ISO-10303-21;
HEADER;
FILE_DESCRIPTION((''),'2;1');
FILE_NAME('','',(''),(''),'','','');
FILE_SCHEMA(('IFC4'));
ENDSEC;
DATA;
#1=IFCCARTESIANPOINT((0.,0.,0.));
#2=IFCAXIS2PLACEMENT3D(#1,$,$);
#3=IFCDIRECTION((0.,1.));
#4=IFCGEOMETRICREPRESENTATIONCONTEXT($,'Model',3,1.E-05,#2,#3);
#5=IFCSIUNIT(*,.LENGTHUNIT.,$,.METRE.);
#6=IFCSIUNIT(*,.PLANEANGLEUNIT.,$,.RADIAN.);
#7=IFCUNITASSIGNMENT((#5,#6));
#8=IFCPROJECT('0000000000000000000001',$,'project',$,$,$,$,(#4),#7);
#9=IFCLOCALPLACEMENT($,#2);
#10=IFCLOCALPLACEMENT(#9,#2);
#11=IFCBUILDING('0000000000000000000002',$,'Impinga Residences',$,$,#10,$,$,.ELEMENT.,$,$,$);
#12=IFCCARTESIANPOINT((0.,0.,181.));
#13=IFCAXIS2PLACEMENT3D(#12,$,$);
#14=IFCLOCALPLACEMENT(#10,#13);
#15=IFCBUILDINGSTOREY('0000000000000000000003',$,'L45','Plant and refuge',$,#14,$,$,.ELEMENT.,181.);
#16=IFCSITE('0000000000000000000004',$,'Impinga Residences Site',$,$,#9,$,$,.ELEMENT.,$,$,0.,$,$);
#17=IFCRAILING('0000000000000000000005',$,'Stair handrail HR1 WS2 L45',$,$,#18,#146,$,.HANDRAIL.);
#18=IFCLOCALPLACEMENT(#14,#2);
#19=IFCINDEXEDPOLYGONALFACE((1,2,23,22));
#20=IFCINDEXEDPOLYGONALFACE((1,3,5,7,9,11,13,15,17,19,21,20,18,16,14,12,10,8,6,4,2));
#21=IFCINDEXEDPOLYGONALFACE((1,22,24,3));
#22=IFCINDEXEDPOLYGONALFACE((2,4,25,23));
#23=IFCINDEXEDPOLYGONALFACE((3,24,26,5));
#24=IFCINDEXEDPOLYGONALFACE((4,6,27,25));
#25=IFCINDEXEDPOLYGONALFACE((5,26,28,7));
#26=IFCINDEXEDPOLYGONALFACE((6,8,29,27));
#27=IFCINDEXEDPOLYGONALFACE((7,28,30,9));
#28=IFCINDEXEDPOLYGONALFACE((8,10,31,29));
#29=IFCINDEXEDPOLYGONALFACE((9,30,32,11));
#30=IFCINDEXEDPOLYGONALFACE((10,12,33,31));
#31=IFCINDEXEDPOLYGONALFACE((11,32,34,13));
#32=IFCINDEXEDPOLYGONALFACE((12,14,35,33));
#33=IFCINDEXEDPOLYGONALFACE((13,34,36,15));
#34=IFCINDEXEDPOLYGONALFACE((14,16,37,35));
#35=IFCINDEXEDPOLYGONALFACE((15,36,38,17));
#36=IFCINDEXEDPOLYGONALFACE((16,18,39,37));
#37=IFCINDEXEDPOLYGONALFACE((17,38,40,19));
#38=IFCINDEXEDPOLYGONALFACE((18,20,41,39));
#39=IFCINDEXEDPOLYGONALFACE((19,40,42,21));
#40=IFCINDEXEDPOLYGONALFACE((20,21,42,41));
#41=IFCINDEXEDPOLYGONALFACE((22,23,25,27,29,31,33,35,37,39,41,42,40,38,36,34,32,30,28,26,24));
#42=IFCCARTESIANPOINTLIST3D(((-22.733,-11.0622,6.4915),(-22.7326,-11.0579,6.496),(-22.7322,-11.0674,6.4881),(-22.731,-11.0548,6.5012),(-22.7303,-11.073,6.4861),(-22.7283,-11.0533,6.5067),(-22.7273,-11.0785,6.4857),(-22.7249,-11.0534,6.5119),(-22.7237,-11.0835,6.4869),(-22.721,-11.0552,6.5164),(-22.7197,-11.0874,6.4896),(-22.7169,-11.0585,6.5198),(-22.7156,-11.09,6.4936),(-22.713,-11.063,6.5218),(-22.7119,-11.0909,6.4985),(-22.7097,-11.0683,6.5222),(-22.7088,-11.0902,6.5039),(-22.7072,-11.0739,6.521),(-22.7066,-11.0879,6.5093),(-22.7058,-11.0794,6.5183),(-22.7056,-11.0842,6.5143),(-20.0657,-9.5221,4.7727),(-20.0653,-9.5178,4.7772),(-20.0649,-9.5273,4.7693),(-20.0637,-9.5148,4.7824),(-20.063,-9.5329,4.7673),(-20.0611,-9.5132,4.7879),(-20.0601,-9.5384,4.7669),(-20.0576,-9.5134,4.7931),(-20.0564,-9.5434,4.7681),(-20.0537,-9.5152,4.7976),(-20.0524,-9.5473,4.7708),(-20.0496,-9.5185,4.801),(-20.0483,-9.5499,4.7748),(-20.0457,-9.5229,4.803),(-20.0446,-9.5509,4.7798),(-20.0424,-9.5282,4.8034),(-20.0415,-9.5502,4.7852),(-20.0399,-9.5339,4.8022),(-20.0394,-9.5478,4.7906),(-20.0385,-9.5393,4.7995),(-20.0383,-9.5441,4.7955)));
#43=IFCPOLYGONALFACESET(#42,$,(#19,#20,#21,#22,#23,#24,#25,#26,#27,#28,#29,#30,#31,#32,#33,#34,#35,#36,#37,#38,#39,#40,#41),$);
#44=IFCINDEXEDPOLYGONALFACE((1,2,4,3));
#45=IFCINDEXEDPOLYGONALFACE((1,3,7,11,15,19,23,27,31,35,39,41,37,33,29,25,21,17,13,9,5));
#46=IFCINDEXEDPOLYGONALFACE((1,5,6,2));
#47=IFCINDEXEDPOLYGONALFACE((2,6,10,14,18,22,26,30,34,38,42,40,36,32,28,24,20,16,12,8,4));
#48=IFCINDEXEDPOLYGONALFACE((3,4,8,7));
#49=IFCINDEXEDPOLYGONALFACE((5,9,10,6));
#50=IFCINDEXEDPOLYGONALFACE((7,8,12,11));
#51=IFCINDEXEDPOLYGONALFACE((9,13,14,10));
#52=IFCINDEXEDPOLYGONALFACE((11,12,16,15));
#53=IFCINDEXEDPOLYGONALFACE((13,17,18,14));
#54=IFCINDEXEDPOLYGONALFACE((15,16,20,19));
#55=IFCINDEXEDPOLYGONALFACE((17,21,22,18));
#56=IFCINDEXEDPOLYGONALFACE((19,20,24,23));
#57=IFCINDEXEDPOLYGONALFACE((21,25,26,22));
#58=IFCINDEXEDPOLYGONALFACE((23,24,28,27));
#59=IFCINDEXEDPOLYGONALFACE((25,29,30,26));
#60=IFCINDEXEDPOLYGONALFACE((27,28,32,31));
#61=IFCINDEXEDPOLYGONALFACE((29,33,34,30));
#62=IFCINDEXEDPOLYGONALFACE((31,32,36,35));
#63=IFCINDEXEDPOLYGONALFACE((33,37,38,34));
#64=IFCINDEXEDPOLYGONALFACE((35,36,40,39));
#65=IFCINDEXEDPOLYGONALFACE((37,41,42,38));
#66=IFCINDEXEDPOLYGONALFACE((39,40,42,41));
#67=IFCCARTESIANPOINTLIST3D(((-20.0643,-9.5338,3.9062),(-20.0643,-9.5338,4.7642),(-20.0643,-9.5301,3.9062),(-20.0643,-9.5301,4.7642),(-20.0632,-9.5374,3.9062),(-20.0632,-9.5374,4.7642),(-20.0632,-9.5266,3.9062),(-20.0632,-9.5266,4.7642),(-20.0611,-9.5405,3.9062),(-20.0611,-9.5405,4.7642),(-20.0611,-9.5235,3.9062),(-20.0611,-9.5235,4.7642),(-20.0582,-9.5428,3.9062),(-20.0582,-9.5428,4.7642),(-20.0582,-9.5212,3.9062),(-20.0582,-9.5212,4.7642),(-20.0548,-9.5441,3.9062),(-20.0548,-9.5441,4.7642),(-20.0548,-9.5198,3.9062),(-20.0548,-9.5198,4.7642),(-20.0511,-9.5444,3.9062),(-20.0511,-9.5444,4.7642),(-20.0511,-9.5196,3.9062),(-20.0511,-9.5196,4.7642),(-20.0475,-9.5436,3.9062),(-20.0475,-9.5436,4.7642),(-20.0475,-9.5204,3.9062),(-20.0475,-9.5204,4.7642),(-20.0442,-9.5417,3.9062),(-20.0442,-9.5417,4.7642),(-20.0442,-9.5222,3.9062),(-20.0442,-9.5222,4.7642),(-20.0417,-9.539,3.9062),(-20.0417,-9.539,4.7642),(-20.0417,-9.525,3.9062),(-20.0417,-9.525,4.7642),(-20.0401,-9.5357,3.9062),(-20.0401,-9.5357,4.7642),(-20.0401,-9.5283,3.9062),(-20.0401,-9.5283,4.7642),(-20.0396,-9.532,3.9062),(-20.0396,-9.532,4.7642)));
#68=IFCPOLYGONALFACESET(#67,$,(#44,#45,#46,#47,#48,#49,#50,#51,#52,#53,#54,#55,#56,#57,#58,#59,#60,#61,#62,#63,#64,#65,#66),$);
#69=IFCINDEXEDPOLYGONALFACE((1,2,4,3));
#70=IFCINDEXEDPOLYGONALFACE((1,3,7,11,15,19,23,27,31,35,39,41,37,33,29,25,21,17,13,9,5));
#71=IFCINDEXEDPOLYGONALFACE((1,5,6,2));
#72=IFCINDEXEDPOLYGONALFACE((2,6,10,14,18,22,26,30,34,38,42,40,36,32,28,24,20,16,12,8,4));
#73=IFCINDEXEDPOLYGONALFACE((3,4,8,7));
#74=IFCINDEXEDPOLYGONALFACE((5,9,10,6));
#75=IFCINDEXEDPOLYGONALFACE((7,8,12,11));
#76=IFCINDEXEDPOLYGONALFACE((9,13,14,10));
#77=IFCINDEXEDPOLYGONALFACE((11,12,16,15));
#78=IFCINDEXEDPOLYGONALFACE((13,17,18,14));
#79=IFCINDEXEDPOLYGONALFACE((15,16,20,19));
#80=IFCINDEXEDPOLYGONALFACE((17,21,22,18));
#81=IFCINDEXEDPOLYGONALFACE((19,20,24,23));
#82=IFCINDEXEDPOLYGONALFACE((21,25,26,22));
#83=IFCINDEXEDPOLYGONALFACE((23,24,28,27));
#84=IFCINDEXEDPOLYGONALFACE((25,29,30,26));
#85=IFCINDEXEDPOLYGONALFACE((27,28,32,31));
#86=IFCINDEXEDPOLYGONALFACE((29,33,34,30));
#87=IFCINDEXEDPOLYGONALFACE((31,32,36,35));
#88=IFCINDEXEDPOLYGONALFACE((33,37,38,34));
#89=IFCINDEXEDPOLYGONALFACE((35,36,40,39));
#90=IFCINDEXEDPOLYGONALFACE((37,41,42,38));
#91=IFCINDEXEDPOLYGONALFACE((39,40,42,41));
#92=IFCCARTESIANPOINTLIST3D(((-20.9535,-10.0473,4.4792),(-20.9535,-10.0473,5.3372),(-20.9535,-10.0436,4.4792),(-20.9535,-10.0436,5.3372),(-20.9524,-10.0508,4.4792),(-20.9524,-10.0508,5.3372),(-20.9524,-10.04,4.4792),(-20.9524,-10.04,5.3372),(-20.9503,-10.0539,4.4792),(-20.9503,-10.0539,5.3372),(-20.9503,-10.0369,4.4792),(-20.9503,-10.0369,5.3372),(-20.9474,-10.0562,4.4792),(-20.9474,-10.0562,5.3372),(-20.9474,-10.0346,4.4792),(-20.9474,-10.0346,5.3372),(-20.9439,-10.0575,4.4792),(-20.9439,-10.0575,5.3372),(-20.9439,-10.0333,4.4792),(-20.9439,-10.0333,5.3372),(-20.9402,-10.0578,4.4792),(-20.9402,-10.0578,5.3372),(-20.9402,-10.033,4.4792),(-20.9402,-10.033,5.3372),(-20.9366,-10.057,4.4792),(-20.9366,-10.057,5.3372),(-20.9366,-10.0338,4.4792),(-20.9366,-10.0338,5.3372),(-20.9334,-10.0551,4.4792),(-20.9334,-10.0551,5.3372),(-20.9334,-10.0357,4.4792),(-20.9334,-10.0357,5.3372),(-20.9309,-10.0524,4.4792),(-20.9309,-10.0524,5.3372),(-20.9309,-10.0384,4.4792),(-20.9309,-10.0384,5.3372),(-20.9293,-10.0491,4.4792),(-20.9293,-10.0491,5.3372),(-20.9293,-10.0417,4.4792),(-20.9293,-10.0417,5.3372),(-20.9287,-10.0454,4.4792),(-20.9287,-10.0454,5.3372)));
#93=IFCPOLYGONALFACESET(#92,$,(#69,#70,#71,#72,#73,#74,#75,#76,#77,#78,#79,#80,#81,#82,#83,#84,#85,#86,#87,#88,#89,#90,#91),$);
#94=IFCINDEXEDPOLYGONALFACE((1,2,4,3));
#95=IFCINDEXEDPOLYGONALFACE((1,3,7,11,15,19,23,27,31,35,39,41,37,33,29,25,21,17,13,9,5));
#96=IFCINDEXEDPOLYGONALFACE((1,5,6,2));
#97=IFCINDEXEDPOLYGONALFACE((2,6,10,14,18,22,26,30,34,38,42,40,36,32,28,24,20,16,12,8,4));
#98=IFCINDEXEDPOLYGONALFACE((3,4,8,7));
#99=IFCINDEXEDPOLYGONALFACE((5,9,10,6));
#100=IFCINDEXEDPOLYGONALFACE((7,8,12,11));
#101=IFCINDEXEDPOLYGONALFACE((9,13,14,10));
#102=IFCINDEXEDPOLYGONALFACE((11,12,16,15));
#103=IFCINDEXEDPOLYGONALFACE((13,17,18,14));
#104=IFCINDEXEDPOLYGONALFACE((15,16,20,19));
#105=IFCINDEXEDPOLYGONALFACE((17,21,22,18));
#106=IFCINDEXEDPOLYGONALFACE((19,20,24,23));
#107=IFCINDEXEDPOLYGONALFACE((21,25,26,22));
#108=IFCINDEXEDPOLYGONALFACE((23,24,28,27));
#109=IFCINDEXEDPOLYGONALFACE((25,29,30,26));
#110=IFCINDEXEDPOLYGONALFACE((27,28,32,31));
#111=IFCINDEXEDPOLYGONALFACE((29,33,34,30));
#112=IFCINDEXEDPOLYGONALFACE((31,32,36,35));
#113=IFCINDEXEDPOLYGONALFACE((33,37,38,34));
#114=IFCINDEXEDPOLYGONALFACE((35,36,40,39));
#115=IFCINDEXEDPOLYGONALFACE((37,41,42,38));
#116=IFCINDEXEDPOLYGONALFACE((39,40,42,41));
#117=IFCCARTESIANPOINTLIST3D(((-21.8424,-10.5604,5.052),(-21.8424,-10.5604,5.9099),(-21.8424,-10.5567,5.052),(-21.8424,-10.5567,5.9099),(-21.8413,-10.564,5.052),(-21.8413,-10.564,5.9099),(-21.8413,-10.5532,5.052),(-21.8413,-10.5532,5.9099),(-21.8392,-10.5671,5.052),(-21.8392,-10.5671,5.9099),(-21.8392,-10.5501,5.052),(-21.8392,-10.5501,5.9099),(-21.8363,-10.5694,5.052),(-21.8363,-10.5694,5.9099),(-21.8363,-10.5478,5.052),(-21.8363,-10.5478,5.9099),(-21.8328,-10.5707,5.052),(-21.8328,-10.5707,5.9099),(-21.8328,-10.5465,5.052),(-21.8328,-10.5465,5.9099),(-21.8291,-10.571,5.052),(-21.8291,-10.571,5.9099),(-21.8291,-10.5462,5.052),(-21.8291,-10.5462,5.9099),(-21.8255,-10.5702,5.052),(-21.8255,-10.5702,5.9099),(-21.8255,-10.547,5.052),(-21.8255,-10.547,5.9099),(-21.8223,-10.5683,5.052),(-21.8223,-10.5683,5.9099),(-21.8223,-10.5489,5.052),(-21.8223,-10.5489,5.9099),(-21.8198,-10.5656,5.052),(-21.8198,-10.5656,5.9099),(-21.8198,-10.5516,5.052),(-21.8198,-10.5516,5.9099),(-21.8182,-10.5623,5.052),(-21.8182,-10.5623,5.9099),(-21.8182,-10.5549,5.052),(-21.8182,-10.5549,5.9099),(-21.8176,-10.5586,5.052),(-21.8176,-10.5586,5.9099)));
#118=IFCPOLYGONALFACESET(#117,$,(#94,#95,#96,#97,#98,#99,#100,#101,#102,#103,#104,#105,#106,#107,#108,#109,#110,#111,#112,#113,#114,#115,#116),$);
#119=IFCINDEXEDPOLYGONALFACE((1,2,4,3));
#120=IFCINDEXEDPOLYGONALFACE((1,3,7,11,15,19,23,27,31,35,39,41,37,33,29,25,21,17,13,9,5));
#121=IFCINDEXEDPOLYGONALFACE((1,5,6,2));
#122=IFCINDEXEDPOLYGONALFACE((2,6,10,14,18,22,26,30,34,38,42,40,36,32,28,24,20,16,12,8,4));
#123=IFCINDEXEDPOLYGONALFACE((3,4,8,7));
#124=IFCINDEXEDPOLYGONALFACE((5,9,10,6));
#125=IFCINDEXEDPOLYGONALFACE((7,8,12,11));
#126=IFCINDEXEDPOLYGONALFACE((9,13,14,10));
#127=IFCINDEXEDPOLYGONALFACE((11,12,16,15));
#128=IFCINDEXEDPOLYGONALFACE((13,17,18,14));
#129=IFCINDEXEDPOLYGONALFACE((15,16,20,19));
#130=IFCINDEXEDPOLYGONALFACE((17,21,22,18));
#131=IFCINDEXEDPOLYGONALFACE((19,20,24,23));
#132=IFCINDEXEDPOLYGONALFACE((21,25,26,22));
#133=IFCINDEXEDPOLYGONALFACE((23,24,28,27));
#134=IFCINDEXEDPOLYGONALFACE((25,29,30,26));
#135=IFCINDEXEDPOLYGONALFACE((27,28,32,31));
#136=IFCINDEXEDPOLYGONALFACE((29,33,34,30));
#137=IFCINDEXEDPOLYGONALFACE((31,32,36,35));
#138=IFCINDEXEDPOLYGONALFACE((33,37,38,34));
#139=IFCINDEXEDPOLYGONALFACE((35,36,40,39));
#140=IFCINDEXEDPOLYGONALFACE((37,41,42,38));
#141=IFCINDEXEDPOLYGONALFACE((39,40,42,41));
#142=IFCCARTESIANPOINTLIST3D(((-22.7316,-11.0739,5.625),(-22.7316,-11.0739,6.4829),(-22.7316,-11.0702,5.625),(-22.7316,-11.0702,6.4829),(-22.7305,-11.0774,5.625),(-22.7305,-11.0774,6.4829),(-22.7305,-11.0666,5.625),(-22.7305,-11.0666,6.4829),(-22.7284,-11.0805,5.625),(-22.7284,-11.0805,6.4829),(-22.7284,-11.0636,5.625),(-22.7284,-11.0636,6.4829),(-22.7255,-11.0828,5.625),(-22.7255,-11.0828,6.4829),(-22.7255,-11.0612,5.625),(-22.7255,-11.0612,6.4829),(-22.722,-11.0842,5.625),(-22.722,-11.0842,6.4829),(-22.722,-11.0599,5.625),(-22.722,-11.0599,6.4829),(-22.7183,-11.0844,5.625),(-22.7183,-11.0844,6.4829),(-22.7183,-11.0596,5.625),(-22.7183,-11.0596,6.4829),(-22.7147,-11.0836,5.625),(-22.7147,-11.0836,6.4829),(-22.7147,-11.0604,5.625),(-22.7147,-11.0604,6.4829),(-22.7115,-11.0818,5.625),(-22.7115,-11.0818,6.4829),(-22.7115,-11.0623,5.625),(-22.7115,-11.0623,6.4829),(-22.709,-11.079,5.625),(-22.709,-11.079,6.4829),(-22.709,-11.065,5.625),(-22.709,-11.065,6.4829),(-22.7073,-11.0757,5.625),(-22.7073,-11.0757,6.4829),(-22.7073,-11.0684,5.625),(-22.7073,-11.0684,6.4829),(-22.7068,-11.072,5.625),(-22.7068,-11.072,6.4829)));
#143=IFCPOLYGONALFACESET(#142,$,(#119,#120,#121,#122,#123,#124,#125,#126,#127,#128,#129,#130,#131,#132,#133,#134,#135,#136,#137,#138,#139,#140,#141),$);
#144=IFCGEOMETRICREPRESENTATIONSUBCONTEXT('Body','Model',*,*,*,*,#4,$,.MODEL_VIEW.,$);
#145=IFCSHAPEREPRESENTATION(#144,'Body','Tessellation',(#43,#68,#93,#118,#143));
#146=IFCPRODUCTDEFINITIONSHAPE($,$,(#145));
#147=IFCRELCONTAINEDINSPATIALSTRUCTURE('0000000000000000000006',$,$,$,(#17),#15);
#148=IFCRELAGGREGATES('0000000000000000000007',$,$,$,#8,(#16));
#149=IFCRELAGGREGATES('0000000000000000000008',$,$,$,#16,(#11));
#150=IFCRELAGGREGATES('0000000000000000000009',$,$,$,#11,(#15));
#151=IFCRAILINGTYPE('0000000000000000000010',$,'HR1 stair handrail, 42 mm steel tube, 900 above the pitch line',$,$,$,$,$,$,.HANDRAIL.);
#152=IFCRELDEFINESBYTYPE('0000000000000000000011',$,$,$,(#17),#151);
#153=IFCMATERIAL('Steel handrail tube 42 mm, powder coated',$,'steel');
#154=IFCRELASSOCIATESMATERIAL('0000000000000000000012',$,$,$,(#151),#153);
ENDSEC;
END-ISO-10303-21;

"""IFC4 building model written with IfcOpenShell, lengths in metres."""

from ifc_helpers import new_model, si_unit, direction, frame, origin, origin_2d, place, context, subcontext, project, spatial, circle, extrude, material, type_object, element, save


model = new_model("IFC4")

# Units and contexts
model_context = context("Model", 3, precision=1e-05, world=origin(), true_north=direction((0.0, 1.0)))
body_context = subcontext(model_context, "Body", "Model", "MODEL_VIEW")
ifc_project = project(units=[si_unit("LENGTHUNIT", "METRE"), si_unit("PLANEANGLEUNIT", "RADIAN")], contexts=[model_context])

# Site, building, storey
site_placement = place(None, origin())
site = spatial("IfcSite", under=ifc_project, at=site_placement, Name="Impinga Residences Site", CompositionType="ELEMENT", RefElevation=0.0)
building_placement = place(site_placement, origin())
building = spatial("IfcBuilding", under=site, at=building_placement, Name="Impinga Residences", CompositionType="ELEMENT")
storey_placement = place(building_placement, frame((0.0, 0.0, 181.0)))
storey = spatial("IfcBuildingStorey", under=building, at=storey_placement, Name="L45", Description="Plant and refuge", CompositionType="ELEMENT", Elevation=181.0)

# Railing
ifc_material_1 = material(Name="Steel handrail tube 42 mm, powder coated", Category="steel")
railing_type_1 = type_object("IfcRailingType", Name="HR1 stair handrail, 42 mm steel tube, 900 above the pitch line", PredefinedType="HANDRAIL", material=ifc_material_1)
railing_1_placement = place(storey_placement, frame((-20.052, -9.532, 3.9062)))
element("IfcRailing", 1, at=railing_1_placement, inside=storey, type_object=railing_type_1, Name="Stair handrail HR1 WS2 L45", PredefinedType="HANDRAIL", context=body_context, shape_type="SweptSolid", body=[
    extrude(circle(Radius=0.021, at=origin_2d()), frame((0.0, 0.0, 0.8789), z_axis=(-0.756226, -0.436639, 0.487307), x_axis=(0.500027, -0.86601, 0.0)), (0.0, 0.0, 1.0), 3.5271),
    extrude(circle(Radius=0.0125, at=origin_2d()), origin(), (0.0, 0.0, 1.0), 0.8579),
    extrude(circle(Radius=0.0125, at=origin_2d()), frame((-0.8892, -0.5134, 0.573)), (0.0, 0.0, 1.0), 0.8579),
    extrude(circle(Radius=0.0125, at=origin_2d()), frame((-1.7781, -1.0266, 1.1458)), (0.0, 0.0, 1.0), 0.8579),
    extrude(circle(Radius=0.0125, at=origin_2d()), frame((-2.6672, -1.54, 1.7188)), (0.0, 0.0, 1.0), 0.8579),
])

save(model, "model.ifc")
